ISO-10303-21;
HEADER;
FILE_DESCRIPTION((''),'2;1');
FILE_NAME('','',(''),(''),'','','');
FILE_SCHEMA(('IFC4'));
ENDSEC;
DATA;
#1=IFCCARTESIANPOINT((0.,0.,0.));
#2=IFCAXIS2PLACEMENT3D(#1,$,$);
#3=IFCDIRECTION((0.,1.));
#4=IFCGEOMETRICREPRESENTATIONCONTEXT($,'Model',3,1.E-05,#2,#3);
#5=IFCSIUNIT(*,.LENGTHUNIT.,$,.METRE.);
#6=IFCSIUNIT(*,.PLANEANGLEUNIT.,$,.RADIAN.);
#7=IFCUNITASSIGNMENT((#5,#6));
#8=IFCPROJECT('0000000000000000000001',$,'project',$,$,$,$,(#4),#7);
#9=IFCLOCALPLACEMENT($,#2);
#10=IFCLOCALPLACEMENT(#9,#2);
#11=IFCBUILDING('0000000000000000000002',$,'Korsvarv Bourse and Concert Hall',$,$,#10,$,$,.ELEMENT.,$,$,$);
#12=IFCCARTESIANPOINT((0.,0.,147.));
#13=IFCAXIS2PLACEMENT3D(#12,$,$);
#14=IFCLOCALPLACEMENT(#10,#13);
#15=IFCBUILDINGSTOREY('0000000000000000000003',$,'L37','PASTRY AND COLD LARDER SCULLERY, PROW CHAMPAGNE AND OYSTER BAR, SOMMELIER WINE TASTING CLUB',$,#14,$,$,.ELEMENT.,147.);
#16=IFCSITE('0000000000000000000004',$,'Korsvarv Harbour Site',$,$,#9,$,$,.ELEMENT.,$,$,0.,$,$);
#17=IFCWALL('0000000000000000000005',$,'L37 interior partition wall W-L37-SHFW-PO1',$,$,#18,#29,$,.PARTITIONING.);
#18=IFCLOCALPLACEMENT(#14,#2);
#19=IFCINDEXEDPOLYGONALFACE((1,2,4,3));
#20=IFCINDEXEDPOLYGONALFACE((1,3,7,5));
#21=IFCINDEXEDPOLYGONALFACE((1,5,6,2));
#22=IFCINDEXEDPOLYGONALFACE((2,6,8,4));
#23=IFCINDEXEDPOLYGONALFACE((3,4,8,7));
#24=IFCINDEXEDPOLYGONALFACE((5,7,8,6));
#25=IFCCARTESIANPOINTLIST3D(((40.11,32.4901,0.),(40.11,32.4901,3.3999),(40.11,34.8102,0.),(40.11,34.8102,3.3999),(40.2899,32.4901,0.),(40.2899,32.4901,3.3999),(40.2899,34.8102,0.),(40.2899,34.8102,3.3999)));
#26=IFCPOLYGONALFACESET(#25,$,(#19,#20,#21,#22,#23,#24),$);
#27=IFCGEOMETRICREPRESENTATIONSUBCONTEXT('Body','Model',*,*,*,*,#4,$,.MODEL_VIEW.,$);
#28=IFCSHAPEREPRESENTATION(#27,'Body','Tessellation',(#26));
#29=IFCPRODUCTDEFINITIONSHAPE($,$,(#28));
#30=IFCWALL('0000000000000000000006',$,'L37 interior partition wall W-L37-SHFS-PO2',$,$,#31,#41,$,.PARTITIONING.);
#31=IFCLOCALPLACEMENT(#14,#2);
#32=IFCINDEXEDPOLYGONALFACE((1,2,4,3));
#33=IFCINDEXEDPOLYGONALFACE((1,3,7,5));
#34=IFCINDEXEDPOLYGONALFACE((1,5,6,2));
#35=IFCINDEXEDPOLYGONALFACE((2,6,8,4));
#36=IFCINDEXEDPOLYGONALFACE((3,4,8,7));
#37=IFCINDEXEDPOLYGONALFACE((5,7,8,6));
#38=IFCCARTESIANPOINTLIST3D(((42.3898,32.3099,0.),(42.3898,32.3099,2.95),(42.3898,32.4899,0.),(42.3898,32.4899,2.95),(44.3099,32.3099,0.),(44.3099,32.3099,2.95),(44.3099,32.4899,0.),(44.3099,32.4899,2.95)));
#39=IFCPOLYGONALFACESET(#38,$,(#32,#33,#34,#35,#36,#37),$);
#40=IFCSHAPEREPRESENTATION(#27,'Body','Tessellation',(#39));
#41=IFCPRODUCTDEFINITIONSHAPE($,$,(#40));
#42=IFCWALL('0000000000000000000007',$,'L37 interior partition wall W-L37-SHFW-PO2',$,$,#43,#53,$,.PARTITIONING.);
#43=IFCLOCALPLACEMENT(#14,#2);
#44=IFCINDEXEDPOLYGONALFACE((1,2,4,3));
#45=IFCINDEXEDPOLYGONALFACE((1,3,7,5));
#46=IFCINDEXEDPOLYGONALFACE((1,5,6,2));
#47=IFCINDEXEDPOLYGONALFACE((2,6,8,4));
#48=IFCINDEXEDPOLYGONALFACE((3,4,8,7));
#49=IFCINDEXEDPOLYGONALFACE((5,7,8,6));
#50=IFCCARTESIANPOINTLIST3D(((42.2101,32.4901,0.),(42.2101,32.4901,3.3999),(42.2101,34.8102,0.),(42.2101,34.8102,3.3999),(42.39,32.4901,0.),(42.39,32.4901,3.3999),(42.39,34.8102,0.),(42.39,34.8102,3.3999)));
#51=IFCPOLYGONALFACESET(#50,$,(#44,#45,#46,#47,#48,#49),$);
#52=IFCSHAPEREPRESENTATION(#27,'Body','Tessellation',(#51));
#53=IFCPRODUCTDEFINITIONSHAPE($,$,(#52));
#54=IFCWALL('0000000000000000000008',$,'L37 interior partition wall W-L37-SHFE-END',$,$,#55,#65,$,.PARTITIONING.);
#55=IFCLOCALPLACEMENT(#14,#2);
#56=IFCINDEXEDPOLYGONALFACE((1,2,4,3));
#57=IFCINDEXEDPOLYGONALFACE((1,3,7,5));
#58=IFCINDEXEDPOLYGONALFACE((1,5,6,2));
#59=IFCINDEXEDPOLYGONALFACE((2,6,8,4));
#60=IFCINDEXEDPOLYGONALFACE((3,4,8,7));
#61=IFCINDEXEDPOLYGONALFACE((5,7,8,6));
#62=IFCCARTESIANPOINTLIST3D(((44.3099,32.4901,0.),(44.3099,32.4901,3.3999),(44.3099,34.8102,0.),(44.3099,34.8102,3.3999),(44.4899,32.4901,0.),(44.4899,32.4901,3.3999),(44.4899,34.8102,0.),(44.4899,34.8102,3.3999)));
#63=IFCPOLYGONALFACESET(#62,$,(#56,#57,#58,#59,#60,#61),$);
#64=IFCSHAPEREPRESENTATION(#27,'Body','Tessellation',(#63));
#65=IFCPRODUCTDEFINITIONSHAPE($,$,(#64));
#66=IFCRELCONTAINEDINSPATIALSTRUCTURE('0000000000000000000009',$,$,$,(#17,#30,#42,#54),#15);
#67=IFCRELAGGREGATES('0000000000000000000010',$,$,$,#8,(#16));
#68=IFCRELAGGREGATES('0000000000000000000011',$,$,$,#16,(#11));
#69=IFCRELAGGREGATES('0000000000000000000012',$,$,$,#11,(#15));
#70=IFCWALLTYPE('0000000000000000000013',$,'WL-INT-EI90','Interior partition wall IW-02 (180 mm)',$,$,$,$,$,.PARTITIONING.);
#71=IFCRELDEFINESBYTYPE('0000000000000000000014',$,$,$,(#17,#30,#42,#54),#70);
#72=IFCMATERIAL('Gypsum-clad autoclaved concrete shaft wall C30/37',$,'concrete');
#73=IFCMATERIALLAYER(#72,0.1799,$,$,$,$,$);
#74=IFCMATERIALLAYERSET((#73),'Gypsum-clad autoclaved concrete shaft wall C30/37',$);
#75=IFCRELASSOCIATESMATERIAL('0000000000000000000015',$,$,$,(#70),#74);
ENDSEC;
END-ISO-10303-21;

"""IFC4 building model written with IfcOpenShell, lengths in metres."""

from ifc_helpers import new_model, si_unit, direction, frame, frame_2d, origin, place, context, subcontext, project, spatial, rectangle, extrude, material, layer, layer_set, type_object, element, save


model = new_model("IFC4")

# Units and contexts
model_context = context("Model", 3, precision=1e-05, world=origin(), true_north=direction((0.0, 1.0)))
body_context = subcontext(model_context, "Body", "Model", "MODEL_VIEW")
ifc_project = project(units=[si_unit("LENGTHUNIT", "METRE"), si_unit("PLANEANGLEUNIT", "RADIAN")], contexts=[model_context])

# Site, building, storey
site_placement = place(None, origin())
site = spatial("IfcSite", under=ifc_project, at=site_placement, Name="Korsvarv Harbour Site", CompositionType="ELEMENT", RefElevation=0.0)
building_placement = place(site_placement, origin())
building = spatial("IfcBuilding", under=site, at=building_placement, Name="Korsvarv Bourse and Concert Hall", CompositionType="ELEMENT")
storey_placement = place(building_placement, frame((0.0, 0.0, 147.0)))
storey = spatial("IfcBuildingStorey", under=building, at=storey_placement, Name="L37", Description="PASTRY AND COLD LARDER SCULLERY, PROW CHAMPAGNE AND OYSTER BAR, SOMMELIER WINE TASTING CLUB", CompositionType="ELEMENT", Elevation=147.0)

# Walls
ifc_material_1 = material(Name="Gypsum-clad autoclaved concrete shaft wall C30/37", Category="concrete")
ifc_layer_1 = layer(ifc_material_1, 0.1799)
ifc_layer_set_1 = layer_set([ifc_layer_1], Name="Gypsum-clad autoclaved concrete shaft wall C30/37")
wall_type_1 = type_object("IfcWallType", Name="WL-INT-EI90", Description="Interior partition wall IW-02 (180 mm)", PredefinedType="PARTITIONING", material=ifc_layer_set_1)
wall_1_placement = place(storey_placement, frame((40.2, 32.49, 0.0), z_axis=(0.0, 0.0, 1.0), x_axis=(0.0, 1.0, 0.0)))
element("IfcWall", 1, at=wall_1_placement, inside=storey, type_object=wall_type_1, Name="L37 interior partition wall W-L37-SHFW-PO1", PredefinedType="PARTITIONING", context=body_context, shape_type="SweptSolid", body=[
    extrude(rectangle(XDim=2.3201, YDim=0.1799, at=frame_2d((1.1602, 0.0))), origin(), (0.0, 0.0, 1.0), 3.3999),
])
wall_2_placement = place(storey_placement, frame((42.3899, 32.3999, 0.0), z_axis=(0.0, 0.0, 1.0), x_axis=(1.0, 0.0, 0.0)))
element("IfcWall", 2, at=wall_2_placement, inside=storey, type_object=wall_type_1, Name="L37 interior partition wall W-L37-SHFS-PO2", PredefinedType="PARTITIONING", context=body_context, shape_type="SweptSolid", body=[
    extrude(rectangle(XDim=1.9202, YDim=0.1799, at=frame_2d((0.96, 0.0))), origin(), (0.0, 0.0, 1.0), 2.95),
])
for number, where, z_axis, x_axis, name in (
    (3, (42.3, 32.49, 0.0), (0.0, 0.0, 1.0), (0.0, 1.0, 0.0), "L37 interior partition wall W-L37-SHFW-PO2"),
    (4, (44.3999, 32.49, 0.0), (0.0, 0.0, 1.0), (0.0, 1.0, 0.0), "L37 interior partition wall W-L37-SHFE-END"),
):
    element("IfcWall", number, at=place(storey_placement, frame(where, z_axis=z_axis, x_axis=x_axis)), inside=storey, type_object=wall_type_1, Name=name, PredefinedType="PARTITIONING", context=body_context, shape_type="SweptSolid", body=[
        extrude(rectangle(XDim=2.3201, YDim=0.1799, at=frame_2d((1.1602, 0.0))), origin(), (0.0, 0.0, 1.0), 3.3999),
    ])

save(model, "model.ifc")
